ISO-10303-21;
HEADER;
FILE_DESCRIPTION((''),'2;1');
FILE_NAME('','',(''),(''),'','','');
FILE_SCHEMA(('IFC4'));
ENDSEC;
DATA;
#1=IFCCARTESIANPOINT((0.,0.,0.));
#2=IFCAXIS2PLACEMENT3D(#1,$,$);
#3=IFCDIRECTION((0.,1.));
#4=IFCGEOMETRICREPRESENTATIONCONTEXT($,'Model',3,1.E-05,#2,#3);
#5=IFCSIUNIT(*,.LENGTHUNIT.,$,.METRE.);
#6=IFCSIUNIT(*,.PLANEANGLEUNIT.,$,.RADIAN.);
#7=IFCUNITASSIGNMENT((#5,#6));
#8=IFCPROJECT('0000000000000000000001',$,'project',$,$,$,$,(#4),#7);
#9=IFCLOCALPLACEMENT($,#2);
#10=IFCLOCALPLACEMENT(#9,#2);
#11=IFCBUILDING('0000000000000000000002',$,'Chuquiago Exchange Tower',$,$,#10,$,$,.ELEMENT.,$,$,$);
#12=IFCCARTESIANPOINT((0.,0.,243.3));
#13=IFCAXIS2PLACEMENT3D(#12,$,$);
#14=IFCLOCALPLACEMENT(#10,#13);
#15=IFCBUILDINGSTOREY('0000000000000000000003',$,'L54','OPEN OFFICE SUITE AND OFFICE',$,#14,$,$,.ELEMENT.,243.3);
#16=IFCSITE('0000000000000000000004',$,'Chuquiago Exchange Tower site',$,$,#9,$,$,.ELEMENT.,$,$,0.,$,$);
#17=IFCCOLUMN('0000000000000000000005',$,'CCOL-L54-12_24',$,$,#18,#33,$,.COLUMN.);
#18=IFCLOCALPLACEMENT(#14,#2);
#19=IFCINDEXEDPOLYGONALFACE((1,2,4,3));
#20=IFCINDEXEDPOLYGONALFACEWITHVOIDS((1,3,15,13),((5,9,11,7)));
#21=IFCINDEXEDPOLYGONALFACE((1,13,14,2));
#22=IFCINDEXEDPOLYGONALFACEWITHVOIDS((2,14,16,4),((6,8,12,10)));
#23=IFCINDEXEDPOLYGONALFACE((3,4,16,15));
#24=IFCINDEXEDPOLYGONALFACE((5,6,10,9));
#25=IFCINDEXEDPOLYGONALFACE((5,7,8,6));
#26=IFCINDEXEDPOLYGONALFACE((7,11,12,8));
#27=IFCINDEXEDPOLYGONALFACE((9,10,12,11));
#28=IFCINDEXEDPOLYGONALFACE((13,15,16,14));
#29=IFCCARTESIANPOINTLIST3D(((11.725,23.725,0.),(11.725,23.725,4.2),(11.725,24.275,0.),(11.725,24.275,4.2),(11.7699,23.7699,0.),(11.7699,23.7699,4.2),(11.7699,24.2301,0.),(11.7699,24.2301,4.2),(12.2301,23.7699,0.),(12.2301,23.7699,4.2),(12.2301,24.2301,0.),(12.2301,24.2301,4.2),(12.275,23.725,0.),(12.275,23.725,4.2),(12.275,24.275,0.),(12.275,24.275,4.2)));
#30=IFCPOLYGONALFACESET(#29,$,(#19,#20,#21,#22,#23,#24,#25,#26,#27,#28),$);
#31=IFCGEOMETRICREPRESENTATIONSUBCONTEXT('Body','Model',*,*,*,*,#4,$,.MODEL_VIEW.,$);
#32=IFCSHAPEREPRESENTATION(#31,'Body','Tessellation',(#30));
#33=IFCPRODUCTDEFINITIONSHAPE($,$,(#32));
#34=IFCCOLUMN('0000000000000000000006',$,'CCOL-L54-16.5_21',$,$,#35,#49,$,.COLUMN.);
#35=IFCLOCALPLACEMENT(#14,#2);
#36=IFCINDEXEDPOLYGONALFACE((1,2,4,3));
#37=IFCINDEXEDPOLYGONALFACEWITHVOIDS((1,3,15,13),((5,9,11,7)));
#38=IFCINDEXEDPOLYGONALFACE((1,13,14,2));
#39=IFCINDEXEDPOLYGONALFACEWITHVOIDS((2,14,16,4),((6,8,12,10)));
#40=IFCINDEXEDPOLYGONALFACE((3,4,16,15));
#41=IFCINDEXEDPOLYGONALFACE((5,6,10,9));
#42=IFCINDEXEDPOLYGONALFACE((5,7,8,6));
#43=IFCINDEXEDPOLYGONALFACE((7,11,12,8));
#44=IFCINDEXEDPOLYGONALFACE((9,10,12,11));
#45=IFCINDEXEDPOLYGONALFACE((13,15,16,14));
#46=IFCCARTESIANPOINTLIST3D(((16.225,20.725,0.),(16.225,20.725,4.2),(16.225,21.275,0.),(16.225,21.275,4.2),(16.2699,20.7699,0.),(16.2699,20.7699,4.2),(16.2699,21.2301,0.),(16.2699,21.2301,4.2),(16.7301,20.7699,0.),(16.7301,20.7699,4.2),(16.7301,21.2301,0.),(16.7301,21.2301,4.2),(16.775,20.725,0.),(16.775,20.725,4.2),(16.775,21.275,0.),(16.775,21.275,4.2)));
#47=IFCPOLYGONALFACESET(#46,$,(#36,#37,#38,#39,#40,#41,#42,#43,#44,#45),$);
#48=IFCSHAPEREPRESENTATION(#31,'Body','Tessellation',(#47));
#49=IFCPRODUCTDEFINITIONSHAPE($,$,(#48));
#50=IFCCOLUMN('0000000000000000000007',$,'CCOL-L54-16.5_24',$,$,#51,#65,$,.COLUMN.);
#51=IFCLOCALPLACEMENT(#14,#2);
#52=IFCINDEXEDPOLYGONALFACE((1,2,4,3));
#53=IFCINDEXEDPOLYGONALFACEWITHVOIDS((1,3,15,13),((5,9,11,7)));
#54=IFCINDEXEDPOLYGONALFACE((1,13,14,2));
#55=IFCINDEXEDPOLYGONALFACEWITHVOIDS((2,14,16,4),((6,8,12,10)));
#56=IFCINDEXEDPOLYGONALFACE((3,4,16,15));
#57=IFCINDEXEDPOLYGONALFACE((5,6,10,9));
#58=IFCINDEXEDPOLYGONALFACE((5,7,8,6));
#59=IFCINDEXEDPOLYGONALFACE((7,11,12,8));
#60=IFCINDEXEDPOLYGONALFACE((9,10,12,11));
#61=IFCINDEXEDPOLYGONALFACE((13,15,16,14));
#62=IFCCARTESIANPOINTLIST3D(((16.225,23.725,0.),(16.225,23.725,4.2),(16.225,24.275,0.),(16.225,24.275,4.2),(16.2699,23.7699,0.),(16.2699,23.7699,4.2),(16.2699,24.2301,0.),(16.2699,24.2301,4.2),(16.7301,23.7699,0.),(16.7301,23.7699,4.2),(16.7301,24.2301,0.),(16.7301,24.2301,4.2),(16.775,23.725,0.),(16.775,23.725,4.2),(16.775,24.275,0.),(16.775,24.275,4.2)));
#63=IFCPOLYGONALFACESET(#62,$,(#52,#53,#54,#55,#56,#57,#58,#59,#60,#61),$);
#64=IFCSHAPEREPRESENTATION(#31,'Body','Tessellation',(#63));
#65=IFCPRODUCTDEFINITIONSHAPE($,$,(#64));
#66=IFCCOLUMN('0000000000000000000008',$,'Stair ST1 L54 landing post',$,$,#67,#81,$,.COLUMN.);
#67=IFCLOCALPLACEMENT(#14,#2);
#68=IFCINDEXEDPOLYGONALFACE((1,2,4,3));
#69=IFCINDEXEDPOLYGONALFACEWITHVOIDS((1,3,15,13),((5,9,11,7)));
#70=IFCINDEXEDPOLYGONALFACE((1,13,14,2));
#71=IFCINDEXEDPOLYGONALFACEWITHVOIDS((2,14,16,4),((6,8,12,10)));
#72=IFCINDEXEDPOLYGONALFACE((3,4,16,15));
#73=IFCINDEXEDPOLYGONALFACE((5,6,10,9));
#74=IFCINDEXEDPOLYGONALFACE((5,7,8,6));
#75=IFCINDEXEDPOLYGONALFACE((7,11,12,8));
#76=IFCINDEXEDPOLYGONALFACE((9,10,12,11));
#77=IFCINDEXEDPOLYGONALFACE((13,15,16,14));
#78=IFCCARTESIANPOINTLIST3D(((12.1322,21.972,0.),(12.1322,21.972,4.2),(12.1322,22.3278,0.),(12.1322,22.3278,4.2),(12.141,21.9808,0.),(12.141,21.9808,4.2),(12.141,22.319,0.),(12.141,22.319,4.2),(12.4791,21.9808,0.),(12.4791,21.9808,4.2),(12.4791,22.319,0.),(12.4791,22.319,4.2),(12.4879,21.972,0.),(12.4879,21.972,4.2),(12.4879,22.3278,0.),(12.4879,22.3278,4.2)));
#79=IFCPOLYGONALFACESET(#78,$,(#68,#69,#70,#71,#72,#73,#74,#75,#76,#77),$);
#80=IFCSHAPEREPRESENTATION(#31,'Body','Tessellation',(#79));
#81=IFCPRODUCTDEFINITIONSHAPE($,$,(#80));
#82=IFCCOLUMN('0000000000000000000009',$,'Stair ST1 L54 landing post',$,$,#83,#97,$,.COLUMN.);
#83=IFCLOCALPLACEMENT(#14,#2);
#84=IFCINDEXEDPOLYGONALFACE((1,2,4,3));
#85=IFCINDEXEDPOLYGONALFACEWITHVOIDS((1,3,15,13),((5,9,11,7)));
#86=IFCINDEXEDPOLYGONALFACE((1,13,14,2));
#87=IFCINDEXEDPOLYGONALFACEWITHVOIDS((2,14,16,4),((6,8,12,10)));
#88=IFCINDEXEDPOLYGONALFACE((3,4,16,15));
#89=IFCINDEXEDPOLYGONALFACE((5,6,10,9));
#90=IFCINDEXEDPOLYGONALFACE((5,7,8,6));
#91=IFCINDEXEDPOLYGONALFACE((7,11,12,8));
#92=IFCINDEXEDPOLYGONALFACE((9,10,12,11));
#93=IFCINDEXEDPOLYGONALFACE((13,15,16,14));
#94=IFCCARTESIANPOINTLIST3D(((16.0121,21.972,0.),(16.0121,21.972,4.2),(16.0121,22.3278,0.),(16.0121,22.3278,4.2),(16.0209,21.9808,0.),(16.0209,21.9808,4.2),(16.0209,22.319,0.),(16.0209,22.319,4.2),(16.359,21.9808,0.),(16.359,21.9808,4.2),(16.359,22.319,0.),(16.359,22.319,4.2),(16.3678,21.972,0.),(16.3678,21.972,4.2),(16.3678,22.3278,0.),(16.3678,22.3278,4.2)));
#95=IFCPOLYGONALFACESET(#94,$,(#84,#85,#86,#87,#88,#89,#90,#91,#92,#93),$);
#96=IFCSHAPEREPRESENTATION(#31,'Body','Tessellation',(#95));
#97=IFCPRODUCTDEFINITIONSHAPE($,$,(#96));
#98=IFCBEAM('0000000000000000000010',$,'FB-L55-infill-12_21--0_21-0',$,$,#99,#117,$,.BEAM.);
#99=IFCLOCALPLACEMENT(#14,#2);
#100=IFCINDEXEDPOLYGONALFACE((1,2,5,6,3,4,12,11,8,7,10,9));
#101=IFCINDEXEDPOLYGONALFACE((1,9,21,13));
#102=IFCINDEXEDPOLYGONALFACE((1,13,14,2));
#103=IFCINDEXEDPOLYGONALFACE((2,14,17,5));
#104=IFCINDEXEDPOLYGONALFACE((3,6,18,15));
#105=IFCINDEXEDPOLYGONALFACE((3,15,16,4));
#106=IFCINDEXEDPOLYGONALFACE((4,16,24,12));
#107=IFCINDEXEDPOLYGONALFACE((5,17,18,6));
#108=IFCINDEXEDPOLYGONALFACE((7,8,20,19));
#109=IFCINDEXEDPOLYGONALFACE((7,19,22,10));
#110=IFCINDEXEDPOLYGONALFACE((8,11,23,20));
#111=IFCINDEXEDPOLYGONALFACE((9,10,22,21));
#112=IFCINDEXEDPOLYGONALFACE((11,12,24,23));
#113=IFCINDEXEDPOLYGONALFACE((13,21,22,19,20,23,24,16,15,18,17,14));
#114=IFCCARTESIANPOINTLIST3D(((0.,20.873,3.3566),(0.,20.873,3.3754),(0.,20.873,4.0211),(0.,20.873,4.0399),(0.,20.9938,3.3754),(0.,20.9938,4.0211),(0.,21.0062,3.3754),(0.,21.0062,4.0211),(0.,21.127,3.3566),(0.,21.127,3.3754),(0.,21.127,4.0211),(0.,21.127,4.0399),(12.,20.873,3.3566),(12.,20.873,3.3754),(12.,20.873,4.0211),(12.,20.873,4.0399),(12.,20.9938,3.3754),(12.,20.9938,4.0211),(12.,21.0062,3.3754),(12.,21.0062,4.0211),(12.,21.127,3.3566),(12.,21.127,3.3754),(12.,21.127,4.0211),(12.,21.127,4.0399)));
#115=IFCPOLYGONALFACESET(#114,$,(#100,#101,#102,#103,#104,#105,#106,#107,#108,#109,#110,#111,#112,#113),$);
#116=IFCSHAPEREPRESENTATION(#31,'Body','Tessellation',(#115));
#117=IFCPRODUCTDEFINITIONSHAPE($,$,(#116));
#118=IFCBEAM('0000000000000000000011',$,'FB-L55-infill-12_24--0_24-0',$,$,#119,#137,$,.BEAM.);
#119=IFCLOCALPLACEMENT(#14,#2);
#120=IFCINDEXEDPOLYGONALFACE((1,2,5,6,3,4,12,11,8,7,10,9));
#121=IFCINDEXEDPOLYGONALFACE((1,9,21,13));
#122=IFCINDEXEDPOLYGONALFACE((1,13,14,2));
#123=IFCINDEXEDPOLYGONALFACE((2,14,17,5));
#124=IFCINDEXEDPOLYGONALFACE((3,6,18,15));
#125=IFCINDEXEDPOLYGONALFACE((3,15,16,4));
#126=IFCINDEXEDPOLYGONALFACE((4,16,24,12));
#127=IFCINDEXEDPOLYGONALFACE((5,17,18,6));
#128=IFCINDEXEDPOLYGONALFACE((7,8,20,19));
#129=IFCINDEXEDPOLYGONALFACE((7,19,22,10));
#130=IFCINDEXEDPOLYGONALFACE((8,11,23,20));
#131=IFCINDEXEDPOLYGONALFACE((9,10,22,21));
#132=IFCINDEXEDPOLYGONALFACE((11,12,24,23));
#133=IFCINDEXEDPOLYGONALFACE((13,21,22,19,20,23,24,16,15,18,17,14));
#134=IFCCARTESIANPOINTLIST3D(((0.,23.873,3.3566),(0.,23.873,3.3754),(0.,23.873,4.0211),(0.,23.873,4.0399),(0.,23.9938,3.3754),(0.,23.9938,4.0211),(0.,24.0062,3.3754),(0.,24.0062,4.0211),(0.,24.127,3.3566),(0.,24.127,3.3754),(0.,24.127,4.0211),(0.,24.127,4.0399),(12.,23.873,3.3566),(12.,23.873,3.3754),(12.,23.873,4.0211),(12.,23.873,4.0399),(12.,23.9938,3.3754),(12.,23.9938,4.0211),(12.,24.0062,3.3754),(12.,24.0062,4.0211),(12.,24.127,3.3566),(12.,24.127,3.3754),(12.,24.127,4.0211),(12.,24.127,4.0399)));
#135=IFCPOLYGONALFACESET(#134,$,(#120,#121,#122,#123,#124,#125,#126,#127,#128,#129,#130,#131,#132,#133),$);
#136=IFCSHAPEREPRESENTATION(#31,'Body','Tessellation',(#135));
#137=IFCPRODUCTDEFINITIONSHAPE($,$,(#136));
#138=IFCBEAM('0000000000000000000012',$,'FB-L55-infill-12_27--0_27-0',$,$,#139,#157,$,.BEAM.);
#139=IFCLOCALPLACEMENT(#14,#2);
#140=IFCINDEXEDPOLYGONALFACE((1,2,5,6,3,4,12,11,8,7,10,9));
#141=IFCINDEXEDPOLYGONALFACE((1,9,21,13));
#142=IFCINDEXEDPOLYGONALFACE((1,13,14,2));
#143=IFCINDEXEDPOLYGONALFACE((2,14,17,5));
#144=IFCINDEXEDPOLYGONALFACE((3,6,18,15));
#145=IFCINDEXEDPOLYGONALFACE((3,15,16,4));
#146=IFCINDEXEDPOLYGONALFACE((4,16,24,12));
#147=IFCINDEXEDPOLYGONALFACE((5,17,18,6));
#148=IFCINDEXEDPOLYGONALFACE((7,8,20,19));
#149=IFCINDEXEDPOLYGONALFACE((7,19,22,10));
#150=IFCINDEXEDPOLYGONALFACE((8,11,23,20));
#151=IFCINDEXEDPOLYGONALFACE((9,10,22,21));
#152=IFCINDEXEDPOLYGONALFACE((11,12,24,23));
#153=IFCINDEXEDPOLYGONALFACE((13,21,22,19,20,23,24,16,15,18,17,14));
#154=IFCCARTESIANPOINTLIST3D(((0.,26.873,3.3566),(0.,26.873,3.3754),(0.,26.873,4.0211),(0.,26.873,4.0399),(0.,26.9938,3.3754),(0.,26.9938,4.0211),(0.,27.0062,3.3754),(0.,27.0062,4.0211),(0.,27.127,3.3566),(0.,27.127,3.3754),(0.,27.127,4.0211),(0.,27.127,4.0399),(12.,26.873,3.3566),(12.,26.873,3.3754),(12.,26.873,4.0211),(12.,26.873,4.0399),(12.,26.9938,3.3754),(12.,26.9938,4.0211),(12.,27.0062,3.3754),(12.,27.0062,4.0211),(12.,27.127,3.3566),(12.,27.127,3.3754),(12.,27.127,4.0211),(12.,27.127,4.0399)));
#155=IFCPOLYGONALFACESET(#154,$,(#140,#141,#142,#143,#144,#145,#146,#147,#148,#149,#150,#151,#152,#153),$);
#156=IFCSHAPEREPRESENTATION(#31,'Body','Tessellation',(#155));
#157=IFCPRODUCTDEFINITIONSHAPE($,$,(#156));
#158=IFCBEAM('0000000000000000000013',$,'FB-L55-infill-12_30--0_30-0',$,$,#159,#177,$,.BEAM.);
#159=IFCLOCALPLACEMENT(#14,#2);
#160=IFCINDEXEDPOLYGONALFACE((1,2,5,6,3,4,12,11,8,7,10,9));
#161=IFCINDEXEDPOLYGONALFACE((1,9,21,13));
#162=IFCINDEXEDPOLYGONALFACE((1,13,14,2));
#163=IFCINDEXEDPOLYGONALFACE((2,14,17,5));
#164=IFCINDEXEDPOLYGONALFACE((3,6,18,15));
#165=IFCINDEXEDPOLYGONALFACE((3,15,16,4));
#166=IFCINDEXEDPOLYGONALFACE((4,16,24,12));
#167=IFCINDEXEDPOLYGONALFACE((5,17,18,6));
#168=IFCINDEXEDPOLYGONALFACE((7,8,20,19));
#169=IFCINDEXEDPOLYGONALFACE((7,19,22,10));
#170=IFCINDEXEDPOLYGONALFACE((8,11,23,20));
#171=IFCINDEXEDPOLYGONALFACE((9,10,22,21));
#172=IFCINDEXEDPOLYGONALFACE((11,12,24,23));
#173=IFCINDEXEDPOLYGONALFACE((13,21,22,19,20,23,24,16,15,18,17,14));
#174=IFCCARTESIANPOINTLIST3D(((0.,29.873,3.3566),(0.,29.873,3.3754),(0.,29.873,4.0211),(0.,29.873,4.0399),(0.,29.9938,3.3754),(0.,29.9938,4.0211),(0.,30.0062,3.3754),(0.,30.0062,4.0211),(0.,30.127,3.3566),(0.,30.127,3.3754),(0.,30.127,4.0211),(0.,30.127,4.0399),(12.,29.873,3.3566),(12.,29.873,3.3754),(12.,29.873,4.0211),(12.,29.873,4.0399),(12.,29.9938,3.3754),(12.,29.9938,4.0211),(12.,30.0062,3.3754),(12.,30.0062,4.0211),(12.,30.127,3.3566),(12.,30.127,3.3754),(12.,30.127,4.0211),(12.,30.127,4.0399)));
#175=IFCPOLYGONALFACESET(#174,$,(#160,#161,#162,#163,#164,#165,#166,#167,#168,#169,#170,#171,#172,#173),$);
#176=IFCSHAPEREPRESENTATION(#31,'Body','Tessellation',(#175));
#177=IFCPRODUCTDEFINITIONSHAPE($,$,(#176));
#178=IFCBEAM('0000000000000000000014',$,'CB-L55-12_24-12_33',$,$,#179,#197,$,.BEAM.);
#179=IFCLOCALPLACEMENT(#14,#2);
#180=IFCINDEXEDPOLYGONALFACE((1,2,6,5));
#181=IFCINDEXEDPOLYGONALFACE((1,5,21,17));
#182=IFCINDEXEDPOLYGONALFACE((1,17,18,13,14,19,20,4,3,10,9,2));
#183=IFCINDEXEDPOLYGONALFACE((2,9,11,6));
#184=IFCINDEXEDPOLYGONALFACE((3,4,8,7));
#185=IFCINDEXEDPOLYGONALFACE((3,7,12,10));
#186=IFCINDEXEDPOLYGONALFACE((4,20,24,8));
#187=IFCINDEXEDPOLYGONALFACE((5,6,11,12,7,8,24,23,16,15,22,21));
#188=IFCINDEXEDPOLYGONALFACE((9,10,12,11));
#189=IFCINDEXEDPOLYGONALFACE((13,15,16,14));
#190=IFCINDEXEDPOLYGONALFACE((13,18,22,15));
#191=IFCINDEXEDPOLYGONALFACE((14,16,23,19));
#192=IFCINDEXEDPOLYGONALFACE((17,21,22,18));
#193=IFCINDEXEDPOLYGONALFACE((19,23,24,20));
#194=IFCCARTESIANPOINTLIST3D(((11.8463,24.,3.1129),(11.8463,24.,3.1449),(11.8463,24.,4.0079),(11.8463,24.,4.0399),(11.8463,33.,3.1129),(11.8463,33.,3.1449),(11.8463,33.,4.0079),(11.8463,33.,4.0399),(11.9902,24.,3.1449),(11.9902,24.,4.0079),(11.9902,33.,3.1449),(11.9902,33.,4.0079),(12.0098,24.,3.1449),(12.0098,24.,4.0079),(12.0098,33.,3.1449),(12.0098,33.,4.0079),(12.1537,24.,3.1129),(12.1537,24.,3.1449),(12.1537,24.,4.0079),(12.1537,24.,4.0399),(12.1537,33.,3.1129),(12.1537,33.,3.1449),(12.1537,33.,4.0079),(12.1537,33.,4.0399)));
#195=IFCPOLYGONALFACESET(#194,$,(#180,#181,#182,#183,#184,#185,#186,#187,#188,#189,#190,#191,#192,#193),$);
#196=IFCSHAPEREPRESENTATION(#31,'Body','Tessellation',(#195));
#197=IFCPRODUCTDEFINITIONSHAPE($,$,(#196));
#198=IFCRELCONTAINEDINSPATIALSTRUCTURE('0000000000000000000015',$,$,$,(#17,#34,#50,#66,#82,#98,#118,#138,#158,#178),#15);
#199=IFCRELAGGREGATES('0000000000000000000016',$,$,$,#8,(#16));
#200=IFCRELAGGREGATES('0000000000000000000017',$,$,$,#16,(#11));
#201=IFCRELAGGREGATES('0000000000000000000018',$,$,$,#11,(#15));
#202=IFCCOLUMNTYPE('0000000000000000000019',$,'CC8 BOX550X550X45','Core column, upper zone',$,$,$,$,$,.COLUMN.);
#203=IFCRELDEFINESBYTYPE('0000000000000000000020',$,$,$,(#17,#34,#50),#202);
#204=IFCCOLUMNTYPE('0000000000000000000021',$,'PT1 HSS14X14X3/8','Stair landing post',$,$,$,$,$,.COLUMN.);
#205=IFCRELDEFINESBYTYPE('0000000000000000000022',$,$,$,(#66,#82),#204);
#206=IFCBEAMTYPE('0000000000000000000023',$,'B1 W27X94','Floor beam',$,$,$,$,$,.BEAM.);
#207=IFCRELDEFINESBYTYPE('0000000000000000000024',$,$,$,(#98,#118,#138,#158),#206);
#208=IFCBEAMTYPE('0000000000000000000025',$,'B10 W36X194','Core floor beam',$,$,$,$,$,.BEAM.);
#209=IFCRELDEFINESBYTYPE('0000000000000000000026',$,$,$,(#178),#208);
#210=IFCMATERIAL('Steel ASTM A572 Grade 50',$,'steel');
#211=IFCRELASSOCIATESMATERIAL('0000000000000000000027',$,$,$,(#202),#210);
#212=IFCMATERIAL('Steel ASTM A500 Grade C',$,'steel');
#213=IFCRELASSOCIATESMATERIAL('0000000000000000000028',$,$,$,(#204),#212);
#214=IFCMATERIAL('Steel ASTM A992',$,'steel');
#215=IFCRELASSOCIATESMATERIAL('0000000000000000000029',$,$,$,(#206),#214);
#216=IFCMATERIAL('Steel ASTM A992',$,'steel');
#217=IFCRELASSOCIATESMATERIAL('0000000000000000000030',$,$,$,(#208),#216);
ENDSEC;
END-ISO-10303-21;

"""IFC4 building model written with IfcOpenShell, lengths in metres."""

from ifc_helpers import new_model, si_unit, direction, frame, origin, origin_2d, place, context, subcontext, project, spatial, hollow_rectangle, i_section, extrude, material, material_profile, profile_set, type_object, element, save


model = new_model("IFC4")

# Units and contexts
model_context = context("Model", 3, precision=1e-05, world=origin(), true_north=direction((0.0, 1.0)))
body_context = subcontext(model_context, "Body", "Model", "MODEL_VIEW")
ifc_project = project(units=[si_unit("LENGTHUNIT", "METRE"), si_unit("PLANEANGLEUNIT", "RADIAN")], contexts=[model_context])

# Site, building, storey
site_placement = place(None, origin())
site = spatial("IfcSite", under=ifc_project, at=site_placement, Name="Chuquiago Exchange Tower site", CompositionType="ELEMENT", RefElevation=0.0)
building_placement = place(site_placement, origin())
building = spatial("IfcBuilding", under=site, at=building_placement, Name="Chuquiago Exchange Tower", CompositionType="ELEMENT")
storey_placement = place(building_placement, frame((0.0, 0.0, 243.3)))
storey = spatial("IfcBuildingStorey", under=building, at=storey_placement, Name="L54", Description="OPEN OFFICE SUITE AND OFFICE", CompositionType="ELEMENT", Elevation=243.3)

# Columns
ifc_material_1 = material(Name="Steel ASTM A572 Grade 50", Category="steel")
ifc_material_profile_1 = material_profile(ifc_material_1, hollow_rectangle(XDim=0.55, YDim=0.55, WallThickness=0.0449, at=origin_2d()), Name="BOX550X550X45")
ifc_profile_set_1 = profile_set([ifc_material_profile_1], Name="Steel ASTM A572 Grade 50")
column_type_1 = type_object("IfcColumnType", Name="CC8 BOX550X550X45", Description="Core column, upper zone", PredefinedType="COLUMN", material=ifc_profile_set_1)
for number, where, z_axis, x_axis, name in (
    (1, (12.0, 24.0, 0.0), (0.0, 0.0, 1.0), (1.0, 0.0, 0.0), "CCOL-L54-12_24"),
    (2, (16.5, 21.0, 0.0), (0.0, 0.0, 1.0), (1.0, 0.0, 0.0), "CCOL-L54-16.5_21"),
    (3, (16.5, 24.0, 0.0), (0.0, 0.0, 1.0), (1.0, 0.0, 0.0), "CCOL-L54-16.5_24"),
):
    element("IfcColumn", number, at=place(storey_placement, frame(where, z_axis=z_axis, x_axis=x_axis)), inside=storey, type_object=column_type_1, Name=name, PredefinedType="COLUMN", context=body_context, shape_type="SweptSolid", body=[
        extrude(hollow_rectangle(XDim=0.55, YDim=0.55, WallThickness=0.0449, at=origin_2d()), origin(), (0.0, 0.0, 1.0), 4.2),
    ])
ifc_material_2 = material(Name="Steel ASTM A500 Grade C", Category="steel")
ifc_material_profile_2 = material_profile(ifc_material_2, hollow_rectangle(XDim=0.3557, YDim=0.3557, WallThickness=0.0088, at=origin_2d()), Name="HSS14X14X3/8")
ifc_profile_set_2 = profile_set([ifc_material_profile_2], Name="Steel ASTM A500 Grade C")
column_type_2 = type_object("IfcColumnType", Name="PT1 HSS14X14X3/8", Description="Stair landing post", PredefinedType="COLUMN", material=ifc_profile_set_2)
for number, where, z_axis, x_axis, name in (
    (4, (12.3101, 22.1499, 0.0), (0.0, 0.0, 1.0), (1.0, 0.0, 0.0), "Stair ST1 L54 landing post"),
    (5, (16.1899, 22.1499, 0.0), (0.0, 0.0, 1.0), (1.0, 0.0, 0.0), "Stair ST1 L54 landing post"),
):
    element("IfcColumn", number, at=place(storey_placement, frame(where, z_axis=z_axis, x_axis=x_axis)), inside=storey, type_object=column_type_2, Name=name, PredefinedType="COLUMN", context=body_context, shape_type="SweptSolid", body=[
        extrude(hollow_rectangle(XDim=0.3557, YDim=0.3557, WallThickness=0.0088, at=origin_2d()), origin(), (0.0, 0.0, 1.0), 4.2),
    ])

# Beams
ifc_material_3 = material(Name="Steel ASTM A992", Category="steel")
ifc_material_profile_3 = material_profile(ifc_material_3, i_section(OverallWidth=0.2539, OverallDepth=0.6833, WebThickness=0.0125, FlangeThickness=0.0188, at=origin_2d()), Name="W27X94")
ifc_profile_set_3 = profile_set([ifc_material_profile_3], Name="Steel ASTM A992")
beam_type_1 = type_object("IfcBeamType", Name="B1 W27X94", Description="Floor beam", PredefinedType="BEAM", material=ifc_profile_set_3)
for number, where, z_axis, x_axis, name in (
    (6, (12.0, 21.0, 3.6982), (-1.0, 0.0, 0.0), (0.0, -1.0, 0.0), "FB-L55-infill-12_21--0_21-0"),
    (7, (12.0, 24.0, 3.6982), (-1.0, 0.0, 0.0), (0.0, -1.0, 0.0), "FB-L55-infill-12_24--0_24-0"),
    (8, (12.0, 27.0, 3.6982), (-1.0, 0.0, 0.0), (0.0, -1.0, 0.0), "FB-L55-infill-12_27--0_27-0"),
    (9, (12.0, 30.0, 3.6982), (-1.0, 0.0, 0.0), (0.0, -1.0, 0.0), "FB-L55-infill-12_30--0_30-0"),
):
    element("IfcBeam", number, at=place(storey_placement, frame(where, z_axis=z_axis, x_axis=x_axis)), inside=storey, type_object=beam_type_1, Name=name, PredefinedType="BEAM", context=body_context, shape_type="SweptSolid", body=[
        extrude(i_section(OverallWidth=0.2539, OverallDepth=0.6833, WebThickness=0.0125, FlangeThickness=0.0188, at=origin_2d()), origin(), (0.0, 0.0, 1.0), 12.0),
    ])
ifc_material_4 = material(Name="Steel ASTM A992", Category="steel")
ifc_material_profile_4 = material_profile(ifc_material_4, i_section(OverallWidth=0.3074, OverallDepth=0.927, WebThickness=0.0195, FlangeThickness=0.032, at=origin_2d()), Name="W36X194")
ifc_profile_set_4 = profile_set([ifc_material_profile_4], Name="Steel ASTM A992")
beam_type_2 = type_object("IfcBeamType", Name="B10 W36X194", Description="Core floor beam", PredefinedType="BEAM", material=ifc_profile_set_4)
for number, where, z_axis, x_axis, name in (
    (10, (12.0, 24.0, 3.5764), (0.0, 1.0, 0.0), (-1.0, 0.0, 0.0), "CB-L55-12_24-12_33"),
):
    element("IfcBeam", number, at=place(storey_placement, frame(where, z_axis=z_axis, x_axis=x_axis)), inside=storey, type_object=beam_type_2, Name=name, PredefinedType="BEAM", context=body_context, shape_type="SweptSolid", body=[
        extrude(i_section(OverallWidth=0.3074, OverallDepth=0.927, WebThickness=0.0195, FlangeThickness=0.032, at=origin_2d()), origin(), (0.0, 0.0, 1.0), 9.0),
    ])

save(model, "model.ifc")
